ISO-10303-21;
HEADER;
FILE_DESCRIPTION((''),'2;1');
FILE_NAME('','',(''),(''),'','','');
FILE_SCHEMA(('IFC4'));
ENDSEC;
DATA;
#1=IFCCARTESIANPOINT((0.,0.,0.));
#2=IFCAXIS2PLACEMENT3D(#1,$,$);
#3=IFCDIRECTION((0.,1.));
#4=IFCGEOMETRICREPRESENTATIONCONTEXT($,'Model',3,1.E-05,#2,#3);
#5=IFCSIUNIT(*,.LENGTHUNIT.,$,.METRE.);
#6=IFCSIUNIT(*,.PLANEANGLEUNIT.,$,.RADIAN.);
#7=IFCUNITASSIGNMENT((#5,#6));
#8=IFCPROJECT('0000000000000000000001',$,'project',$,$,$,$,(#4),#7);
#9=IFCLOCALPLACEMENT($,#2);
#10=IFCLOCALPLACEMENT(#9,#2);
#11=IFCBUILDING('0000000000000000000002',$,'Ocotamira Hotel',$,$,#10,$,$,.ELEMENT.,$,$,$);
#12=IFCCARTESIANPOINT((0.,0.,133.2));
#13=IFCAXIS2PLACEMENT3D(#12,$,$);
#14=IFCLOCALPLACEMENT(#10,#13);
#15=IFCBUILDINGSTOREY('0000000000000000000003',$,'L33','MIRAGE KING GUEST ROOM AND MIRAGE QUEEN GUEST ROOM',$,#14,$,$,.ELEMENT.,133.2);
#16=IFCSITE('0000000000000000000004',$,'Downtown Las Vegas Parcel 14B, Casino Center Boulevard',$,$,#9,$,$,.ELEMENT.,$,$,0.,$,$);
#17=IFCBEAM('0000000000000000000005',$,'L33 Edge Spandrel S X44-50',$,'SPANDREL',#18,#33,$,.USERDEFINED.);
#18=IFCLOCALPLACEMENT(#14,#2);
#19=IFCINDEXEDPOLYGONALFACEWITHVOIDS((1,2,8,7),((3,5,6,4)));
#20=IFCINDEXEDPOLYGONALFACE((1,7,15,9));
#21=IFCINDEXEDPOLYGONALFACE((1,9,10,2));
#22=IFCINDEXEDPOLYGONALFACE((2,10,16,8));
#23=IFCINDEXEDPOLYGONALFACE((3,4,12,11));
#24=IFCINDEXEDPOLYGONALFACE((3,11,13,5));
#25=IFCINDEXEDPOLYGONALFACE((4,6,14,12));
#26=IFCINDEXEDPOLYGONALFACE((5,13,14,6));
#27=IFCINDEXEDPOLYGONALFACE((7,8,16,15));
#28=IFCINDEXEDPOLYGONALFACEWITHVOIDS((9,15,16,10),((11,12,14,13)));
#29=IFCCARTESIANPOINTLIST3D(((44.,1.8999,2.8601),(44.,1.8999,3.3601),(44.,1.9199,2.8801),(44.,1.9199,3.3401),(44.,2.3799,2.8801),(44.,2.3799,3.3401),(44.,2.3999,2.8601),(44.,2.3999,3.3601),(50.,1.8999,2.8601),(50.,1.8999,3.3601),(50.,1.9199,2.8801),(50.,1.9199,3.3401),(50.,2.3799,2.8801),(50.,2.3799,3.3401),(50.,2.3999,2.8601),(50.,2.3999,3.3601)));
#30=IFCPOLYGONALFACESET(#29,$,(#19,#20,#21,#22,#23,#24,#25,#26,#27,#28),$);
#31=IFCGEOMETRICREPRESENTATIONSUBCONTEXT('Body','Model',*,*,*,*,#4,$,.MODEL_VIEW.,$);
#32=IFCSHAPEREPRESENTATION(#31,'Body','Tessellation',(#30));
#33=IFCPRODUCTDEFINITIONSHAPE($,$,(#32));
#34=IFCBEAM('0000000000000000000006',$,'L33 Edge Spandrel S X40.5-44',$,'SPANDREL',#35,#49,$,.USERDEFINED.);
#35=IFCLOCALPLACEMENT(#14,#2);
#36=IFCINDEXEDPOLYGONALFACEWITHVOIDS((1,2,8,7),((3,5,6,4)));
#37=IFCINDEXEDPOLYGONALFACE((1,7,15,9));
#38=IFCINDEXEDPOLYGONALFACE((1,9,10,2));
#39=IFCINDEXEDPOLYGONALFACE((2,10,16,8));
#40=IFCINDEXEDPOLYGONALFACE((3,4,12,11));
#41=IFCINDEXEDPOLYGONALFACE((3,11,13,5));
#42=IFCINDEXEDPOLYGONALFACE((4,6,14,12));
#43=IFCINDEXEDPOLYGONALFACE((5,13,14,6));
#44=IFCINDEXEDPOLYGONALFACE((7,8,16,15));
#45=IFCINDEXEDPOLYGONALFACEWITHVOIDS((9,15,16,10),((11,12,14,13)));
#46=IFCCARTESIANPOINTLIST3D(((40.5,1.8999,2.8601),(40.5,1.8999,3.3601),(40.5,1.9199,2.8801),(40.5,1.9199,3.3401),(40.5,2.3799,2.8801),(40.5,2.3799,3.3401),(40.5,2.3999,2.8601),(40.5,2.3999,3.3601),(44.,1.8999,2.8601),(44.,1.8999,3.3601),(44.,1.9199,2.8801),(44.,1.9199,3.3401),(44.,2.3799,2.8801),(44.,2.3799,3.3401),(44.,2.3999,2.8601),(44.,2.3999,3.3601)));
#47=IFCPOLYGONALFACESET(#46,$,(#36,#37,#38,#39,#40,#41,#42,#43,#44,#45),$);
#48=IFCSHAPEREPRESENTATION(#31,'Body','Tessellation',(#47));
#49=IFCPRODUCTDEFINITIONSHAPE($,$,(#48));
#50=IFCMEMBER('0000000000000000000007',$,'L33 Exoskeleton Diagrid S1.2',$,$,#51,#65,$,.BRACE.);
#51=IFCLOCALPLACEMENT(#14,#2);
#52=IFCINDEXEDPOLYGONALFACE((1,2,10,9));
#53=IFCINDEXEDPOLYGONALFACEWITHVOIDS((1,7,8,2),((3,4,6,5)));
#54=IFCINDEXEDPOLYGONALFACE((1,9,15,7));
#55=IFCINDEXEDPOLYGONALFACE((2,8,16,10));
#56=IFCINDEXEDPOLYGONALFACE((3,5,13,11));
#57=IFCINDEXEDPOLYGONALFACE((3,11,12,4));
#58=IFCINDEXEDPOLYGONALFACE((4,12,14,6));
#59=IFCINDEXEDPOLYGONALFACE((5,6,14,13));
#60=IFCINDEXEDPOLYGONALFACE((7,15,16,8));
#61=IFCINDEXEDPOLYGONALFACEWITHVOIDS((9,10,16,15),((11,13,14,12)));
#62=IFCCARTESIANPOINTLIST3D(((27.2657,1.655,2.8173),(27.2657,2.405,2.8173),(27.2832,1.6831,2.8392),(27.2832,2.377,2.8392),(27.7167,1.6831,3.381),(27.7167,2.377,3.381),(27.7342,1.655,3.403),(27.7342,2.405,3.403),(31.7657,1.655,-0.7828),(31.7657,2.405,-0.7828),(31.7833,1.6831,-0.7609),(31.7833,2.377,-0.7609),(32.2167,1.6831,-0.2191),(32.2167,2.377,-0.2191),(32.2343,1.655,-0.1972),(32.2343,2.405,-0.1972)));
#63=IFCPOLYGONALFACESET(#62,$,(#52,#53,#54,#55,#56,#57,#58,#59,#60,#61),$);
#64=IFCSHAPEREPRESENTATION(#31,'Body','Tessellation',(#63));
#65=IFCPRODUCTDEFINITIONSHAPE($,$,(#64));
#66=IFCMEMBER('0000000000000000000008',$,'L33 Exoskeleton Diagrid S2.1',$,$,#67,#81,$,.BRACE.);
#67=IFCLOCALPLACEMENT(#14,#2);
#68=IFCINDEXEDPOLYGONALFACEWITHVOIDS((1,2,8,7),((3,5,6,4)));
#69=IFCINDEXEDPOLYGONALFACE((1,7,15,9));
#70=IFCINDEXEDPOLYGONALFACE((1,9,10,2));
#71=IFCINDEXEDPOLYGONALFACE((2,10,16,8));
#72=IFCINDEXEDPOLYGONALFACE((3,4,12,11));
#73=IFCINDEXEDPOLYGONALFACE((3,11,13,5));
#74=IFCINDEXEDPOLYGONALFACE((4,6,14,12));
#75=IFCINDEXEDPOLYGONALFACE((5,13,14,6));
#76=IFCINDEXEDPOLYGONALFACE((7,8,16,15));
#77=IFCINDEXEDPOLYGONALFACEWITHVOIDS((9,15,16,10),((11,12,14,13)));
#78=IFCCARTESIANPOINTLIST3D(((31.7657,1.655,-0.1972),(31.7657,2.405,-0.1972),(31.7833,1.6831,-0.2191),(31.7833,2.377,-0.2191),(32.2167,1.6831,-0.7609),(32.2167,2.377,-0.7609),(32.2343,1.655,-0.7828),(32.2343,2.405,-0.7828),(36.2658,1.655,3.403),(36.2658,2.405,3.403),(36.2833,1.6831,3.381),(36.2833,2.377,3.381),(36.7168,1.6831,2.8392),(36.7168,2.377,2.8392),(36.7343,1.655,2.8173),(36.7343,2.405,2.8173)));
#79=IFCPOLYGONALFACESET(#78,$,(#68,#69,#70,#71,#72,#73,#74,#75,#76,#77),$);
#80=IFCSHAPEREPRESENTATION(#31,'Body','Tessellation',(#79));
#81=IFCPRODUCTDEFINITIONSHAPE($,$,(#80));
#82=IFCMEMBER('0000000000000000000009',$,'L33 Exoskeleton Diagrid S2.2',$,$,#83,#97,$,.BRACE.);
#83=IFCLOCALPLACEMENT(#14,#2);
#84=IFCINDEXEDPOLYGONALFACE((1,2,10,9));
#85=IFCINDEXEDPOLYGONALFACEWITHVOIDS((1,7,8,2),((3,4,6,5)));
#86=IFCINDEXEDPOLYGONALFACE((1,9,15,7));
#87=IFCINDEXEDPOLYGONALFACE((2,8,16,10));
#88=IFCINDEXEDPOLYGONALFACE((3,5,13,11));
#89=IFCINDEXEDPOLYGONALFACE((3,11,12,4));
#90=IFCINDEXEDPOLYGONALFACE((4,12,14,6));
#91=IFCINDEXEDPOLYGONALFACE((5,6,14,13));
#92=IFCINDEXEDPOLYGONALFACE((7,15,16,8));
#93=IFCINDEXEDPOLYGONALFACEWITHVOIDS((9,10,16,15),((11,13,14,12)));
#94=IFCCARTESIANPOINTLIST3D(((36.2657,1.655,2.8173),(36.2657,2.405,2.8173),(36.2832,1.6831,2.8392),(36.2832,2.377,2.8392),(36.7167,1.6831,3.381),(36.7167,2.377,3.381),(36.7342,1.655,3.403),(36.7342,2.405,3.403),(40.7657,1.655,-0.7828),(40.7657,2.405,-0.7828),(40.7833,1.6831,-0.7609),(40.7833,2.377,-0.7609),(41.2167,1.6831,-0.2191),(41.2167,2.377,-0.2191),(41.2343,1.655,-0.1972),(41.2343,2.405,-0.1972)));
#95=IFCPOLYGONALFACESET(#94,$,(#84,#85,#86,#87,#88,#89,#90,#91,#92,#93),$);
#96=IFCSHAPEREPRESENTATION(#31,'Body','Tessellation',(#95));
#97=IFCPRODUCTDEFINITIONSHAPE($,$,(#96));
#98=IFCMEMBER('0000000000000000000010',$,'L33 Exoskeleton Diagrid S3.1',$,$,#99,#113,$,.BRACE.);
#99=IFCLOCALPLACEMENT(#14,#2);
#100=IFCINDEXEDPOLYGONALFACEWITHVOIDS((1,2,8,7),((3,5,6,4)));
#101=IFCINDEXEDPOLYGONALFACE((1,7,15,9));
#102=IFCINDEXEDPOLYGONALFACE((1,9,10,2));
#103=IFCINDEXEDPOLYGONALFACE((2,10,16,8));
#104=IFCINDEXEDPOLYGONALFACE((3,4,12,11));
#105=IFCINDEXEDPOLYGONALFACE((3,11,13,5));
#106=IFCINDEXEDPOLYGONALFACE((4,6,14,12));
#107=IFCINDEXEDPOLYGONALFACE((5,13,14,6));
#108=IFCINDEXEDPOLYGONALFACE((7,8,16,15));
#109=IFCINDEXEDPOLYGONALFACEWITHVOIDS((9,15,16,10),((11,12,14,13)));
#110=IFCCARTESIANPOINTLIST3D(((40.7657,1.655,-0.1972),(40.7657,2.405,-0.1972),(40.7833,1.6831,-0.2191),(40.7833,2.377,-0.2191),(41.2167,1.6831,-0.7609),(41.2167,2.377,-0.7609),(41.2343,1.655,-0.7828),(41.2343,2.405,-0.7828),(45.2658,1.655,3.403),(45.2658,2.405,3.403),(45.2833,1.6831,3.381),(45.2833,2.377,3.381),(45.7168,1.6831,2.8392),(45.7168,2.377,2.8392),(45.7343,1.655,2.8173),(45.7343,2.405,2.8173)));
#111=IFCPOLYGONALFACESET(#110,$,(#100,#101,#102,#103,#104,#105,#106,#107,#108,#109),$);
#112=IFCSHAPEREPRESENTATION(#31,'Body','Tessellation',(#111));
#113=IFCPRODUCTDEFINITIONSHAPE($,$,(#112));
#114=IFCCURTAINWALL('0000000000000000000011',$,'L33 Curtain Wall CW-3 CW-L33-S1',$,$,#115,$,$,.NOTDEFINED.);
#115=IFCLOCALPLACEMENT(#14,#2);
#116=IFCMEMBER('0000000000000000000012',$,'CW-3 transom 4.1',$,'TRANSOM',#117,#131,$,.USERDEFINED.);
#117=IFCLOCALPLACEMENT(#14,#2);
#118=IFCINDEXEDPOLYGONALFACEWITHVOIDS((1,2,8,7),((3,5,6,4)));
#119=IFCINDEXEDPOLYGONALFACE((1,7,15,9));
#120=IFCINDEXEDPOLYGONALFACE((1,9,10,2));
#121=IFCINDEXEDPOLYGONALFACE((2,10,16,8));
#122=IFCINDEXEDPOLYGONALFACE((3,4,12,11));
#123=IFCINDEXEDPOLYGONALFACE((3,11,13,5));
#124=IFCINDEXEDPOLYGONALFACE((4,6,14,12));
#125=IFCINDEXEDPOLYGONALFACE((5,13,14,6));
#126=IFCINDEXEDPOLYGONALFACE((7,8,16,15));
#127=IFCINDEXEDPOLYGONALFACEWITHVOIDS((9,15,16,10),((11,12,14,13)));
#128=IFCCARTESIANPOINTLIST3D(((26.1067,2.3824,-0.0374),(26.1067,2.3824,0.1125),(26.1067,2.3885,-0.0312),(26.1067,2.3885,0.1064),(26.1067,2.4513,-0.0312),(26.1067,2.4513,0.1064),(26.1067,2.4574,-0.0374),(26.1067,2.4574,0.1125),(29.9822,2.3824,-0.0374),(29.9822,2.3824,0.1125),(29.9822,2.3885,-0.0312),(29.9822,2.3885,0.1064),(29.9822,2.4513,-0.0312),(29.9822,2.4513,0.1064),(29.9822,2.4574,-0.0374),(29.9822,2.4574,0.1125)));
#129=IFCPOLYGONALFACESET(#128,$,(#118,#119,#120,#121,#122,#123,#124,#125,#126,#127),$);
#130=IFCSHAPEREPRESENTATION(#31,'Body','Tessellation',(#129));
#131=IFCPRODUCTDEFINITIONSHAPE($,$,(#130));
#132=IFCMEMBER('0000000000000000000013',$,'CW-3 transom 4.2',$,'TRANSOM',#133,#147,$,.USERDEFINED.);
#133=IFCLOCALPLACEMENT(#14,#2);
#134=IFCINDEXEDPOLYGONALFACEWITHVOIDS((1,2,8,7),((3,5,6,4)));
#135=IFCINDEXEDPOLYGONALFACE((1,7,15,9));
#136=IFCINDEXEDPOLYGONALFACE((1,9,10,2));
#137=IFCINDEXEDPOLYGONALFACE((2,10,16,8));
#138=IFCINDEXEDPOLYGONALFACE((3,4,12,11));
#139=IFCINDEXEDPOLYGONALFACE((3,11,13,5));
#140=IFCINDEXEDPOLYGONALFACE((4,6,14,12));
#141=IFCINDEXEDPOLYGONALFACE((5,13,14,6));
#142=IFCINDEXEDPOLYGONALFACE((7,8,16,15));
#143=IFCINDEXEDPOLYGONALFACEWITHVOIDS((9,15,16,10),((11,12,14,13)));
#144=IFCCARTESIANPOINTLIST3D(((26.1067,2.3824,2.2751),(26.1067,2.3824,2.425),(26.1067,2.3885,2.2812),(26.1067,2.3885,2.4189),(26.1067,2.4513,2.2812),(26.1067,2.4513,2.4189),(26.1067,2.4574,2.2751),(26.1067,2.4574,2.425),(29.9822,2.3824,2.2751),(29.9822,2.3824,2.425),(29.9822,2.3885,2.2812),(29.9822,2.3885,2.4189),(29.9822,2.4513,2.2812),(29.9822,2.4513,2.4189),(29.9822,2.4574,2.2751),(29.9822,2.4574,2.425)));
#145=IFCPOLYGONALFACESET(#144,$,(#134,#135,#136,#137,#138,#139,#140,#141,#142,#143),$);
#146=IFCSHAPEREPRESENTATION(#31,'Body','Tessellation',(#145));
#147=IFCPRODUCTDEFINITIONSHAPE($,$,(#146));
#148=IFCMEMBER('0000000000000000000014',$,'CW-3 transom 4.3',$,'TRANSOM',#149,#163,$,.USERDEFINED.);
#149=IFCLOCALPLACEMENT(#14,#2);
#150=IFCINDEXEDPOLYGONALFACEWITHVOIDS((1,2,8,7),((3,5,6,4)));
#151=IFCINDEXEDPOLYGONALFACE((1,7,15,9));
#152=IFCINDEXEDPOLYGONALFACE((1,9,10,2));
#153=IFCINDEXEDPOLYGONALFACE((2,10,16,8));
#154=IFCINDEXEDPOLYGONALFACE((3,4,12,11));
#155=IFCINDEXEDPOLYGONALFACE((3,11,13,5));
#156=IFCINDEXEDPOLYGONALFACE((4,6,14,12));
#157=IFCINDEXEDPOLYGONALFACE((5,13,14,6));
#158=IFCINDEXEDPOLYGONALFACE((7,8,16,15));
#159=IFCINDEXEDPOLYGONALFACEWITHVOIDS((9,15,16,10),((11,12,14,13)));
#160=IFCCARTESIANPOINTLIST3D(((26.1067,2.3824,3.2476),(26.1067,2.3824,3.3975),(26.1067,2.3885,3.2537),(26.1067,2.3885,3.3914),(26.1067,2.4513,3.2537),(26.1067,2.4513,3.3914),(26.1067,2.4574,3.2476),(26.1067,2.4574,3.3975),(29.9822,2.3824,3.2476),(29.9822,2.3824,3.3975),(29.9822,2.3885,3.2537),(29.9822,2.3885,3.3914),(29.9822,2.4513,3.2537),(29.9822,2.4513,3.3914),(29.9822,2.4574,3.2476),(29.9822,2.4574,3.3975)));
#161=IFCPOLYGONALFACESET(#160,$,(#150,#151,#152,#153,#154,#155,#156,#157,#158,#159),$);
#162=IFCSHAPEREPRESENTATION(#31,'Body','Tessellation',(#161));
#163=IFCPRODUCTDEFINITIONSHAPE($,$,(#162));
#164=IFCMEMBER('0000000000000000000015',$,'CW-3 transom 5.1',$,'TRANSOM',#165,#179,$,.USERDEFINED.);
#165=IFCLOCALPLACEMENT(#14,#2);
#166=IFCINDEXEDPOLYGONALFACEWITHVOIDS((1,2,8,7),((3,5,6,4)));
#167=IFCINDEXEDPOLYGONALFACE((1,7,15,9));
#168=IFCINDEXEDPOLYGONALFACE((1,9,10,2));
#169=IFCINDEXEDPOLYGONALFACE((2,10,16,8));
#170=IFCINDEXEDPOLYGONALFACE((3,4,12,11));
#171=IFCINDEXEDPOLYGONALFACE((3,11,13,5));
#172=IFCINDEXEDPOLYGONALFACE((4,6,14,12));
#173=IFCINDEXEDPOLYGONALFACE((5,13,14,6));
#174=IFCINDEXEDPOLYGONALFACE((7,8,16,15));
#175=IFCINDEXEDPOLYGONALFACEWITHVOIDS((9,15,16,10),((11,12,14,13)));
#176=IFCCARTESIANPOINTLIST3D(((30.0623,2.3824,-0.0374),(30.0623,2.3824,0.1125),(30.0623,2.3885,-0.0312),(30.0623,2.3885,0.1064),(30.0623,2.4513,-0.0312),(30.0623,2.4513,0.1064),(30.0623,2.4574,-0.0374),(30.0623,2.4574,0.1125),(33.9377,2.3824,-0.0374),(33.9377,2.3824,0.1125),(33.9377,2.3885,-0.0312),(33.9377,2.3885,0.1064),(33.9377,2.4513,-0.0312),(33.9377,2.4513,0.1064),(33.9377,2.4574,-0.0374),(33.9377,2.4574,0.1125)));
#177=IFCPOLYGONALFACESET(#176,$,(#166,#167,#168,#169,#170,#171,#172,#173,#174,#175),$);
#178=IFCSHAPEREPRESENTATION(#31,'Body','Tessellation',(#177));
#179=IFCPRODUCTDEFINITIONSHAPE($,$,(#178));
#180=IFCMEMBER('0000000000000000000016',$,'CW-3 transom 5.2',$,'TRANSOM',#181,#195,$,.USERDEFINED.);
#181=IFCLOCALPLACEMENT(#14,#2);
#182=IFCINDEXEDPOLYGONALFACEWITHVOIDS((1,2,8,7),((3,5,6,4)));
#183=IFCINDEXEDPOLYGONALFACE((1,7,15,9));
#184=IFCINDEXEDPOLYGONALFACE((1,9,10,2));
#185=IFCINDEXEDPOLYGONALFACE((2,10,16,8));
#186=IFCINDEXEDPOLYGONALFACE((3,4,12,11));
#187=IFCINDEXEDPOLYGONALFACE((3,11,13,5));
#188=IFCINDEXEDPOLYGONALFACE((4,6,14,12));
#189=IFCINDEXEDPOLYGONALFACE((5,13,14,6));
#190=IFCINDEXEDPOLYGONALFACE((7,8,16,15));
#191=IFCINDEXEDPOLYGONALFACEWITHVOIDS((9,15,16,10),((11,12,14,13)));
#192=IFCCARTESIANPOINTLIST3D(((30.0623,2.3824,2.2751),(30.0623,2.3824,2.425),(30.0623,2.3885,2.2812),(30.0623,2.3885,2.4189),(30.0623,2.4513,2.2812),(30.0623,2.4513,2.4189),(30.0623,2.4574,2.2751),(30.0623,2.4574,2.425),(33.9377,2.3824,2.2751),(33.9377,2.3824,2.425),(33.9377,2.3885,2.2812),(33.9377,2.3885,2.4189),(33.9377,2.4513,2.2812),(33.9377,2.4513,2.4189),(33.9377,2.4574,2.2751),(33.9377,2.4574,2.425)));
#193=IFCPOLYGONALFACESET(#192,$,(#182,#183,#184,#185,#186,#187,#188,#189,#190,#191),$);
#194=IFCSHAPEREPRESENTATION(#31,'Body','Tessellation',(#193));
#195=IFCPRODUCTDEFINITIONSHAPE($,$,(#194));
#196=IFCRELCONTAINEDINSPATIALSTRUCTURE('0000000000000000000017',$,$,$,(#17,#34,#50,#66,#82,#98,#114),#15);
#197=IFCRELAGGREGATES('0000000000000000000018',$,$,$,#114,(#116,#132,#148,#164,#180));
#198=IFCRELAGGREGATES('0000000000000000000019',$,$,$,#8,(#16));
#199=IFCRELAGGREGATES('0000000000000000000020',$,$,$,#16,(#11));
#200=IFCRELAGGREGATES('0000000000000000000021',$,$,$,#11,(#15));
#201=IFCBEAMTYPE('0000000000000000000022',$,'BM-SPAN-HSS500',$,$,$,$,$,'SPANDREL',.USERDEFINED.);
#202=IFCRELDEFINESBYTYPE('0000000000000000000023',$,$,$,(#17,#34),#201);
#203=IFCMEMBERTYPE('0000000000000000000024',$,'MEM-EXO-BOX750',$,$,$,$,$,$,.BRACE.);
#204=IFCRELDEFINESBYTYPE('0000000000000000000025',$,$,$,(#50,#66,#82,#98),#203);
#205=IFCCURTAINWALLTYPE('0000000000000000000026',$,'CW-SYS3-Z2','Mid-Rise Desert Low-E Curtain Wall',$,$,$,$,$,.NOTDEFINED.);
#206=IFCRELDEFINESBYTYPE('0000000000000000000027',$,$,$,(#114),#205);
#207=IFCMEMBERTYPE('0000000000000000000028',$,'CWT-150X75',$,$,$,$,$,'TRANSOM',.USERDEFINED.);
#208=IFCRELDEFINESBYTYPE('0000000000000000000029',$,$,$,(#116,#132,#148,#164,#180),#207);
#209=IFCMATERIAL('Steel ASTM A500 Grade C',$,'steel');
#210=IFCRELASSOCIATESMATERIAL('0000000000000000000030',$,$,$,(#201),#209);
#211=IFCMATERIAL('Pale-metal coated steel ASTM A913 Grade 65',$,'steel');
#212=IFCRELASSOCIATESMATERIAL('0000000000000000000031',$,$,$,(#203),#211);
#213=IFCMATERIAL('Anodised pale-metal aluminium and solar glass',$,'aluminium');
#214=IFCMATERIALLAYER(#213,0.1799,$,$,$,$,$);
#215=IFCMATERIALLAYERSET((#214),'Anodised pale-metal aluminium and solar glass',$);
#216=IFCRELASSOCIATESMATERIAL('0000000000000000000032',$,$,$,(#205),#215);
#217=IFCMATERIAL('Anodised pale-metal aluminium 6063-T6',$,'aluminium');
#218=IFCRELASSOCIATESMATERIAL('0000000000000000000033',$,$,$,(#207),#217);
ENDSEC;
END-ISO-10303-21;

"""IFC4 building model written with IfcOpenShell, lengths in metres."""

from ifc_helpers import new_model, si_unit, direction, frame, origin, origin_2d, place, context, subcontext, project, spatial, hollow_rectangle, extrude, source, transform, mapped, material, layer, layer_set, material_profile, profile_set, type_object, element, aggregate, save


model = new_model("IFC4")

# Units and contexts
model_context = context("Model", 3, precision=1e-05, world=origin(), true_north=direction((0.0, 1.0)))
body_context = subcontext(model_context, "Body", "Model", "MODEL_VIEW")
ifc_project = project(units=[si_unit("LENGTHUNIT", "METRE"), si_unit("PLANEANGLEUNIT", "RADIAN")], contexts=[model_context])

# Site, building, storey
site_placement = place(None, origin())
site = spatial("IfcSite", under=ifc_project, at=site_placement, Name="Downtown Las Vegas Parcel 14B, Casino Center Boulevard", CompositionType="ELEMENT", RefElevation=0.0)
building_placement = place(site_placement, origin())
building = spatial("IfcBuilding", under=site, at=building_placement, Name="Ocotamira Hotel", CompositionType="ELEMENT")
storey_placement = place(building_placement, frame((0.0, 0.0, 133.2)))
storey = spatial("IfcBuildingStorey", under=building, at=storey_placement, Name="L33", Description="MIRAGE KING GUEST ROOM AND MIRAGE QUEEN GUEST ROOM", CompositionType="ELEMENT", Elevation=133.2)

# Beams
ifc_material_1 = material(Name="Steel ASTM A500 Grade C", Category="steel")
ifc_material_profile_1 = material_profile(ifc_material_1, hollow_rectangle(XDim=0.5, YDim=0.5, WallThickness=0.02, at=origin_2d()), Name="HSS500X500X20")
ifc_profile_set_1 = profile_set([ifc_material_profile_1], Name="Steel ASTM A500 Grade C")
beam_type = type_object("IfcBeamType", Name="BM-SPAN-HSS500", ElementType="SPANDREL", PredefinedType="USERDEFINED", material=ifc_profile_set_1)
shared_shape_1 = source(origin(), body_context, "Body", "SweptSolid", [
    extrude(hollow_rectangle(XDim=0.5, YDim=0.5, WallThickness=0.02, at=origin_2d()), origin(), (0.0, 0.0, 1.0), 6.0),
])
beam_1_placement = place(storey_placement, frame((44.0, 2.1499, 3.1101), z_axis=(1.0, 0.0, 0.0), x_axis=(0.0, 1.0, 0.0)))
element("IfcBeam", 1, at=beam_1_placement, inside=storey, type_object=beam_type, Name="L33 Edge Spandrel S X44-50", ObjectType="SPANDREL", PredefinedType="USERDEFINED", context=body_context, shape_type="MappedRepresentation", body=[
    mapped(shared_shape_1, transform((0.0, 0.0, 0.0), scale=1.0)),
])
shared_shape_2 = source(origin(), body_context, "Body", "SweptSolid", [
    extrude(hollow_rectangle(XDim=0.5, YDim=0.5, WallThickness=0.02, at=origin_2d()), origin(), (0.0, 0.0, 1.0), 3.5),
])
beam_2_placement = place(storey_placement, frame((40.5, 2.1499, 3.1101), z_axis=(1.0, 0.0, 0.0), x_axis=(0.0, 1.0, 0.0)))
element("IfcBeam", 2, at=beam_2_placement, inside=storey, type_object=beam_type, Name="L33 Edge Spandrel S X40.5-44", ObjectType="SPANDREL", PredefinedType="USERDEFINED", context=body_context, shape_type="MappedRepresentation", body=[
    mapped(shared_shape_2, transform((0.0, 0.0, 0.0), scale=1.0)),
])

# Members
ifc_material_2 = material(Name="Pale-metal coated steel ASTM A913 Grade 65", Category="steel")
ifc_material_profile_2 = material_profile(ifc_material_2, hollow_rectangle(XDim=0.75, YDim=0.75, WallThickness=0.0281, at=origin_2d()), Name="BOX750X750X28")
ifc_profile_set_2 = profile_set([ifc_material_profile_2], Name="Pale-metal coated steel ASTM A913 Grade 65")
member_type_1 = type_object("IfcMemberType", Name="MEM-EXO-BOX750", PredefinedType="BRACE", material=ifc_profile_set_2)
shared_shape_3 = source(origin(), body_context, "Body", "SweptSolid", [
    extrude(hollow_rectangle(XDim=0.75, YDim=0.75, WallThickness=0.0281, at=origin_2d()), origin(), (0.0, 0.0, 1.0), 5.7629),
])
for number, where, z_axis, x_axis, name in (
    (3, (32.0, 2.03, -0.49), (-0.780861, 0.0, 0.624705), (0.0, -1.0, 0.0), "L33 Exoskeleton Diagrid S1.2"),
    (4, (32.0, 2.03, -0.49), (0.780861, 0.0, 0.624705), (0.0, 1.0, 0.0), "L33 Exoskeleton Diagrid S2.1"),
    (5, (41.0, 2.03, -0.49), (-0.780861, 0.0, 0.624705), (0.0, -1.0, 0.0), "L33 Exoskeleton Diagrid S2.2"),
    (6, (41.0, 2.03, -0.49), (0.780861, 0.0, 0.624705), (0.0, 1.0, 0.0), "L33 Exoskeleton Diagrid S3.1"),
):
    element("IfcMember", number, at=place(storey_placement, frame(where, z_axis=z_axis, x_axis=x_axis)), inside=storey, type_object=member_type_1, Name=name, PredefinedType="BRACE", context=body_context, shape_type="MappedRepresentation", body=[
        mapped(shared_shape_3, transform((0.0, 0.0, 0.0), scale=1.0)),
    ])

# Curtain wall, members
ifc_material_3 = material(Name="Anodised pale-metal aluminium and solar glass", Category="aluminium")
ifc_layer_1 = layer(ifc_material_3, 0.1799)
ifc_layer_set_1 = layer_set([ifc_layer_1], Name="Anodised pale-metal aluminium and solar glass")
curtain_wall_type = type_object("IfcCurtainWallType", Name="CW-SYS3-Z2", Description="Mid-Rise Desert Low-E Curtain Wall", PredefinedType="NOTDEFINED", material=ifc_layer_set_1)
curtain_wall_placement = place(storey_placement, origin())
curtain_wall = element("IfcCurtainWall", 7, at=curtain_wall_placement, inside=storey, type_object=curtain_wall_type, Name="L33 Curtain Wall CW-3 CW-L33-S1", PredefinedType="NOTDEFINED")
ifc_material_4 = material(Name="Anodised pale-metal aluminium 6063-T6", Category="aluminium")
ifc_material_profile_3 = material_profile(ifc_material_4, hollow_rectangle(XDim=0.075, YDim=0.1499, WallThickness=0.0061, at=origin_2d()), Name="HSS150X75X6")
ifc_profile_set_3 = profile_set([ifc_material_profile_3], Name="Anodised pale-metal aluminium 6063-T6")
member_type_2 = type_object("IfcMemberType", Name="CWT-150X75", ElementType="TRANSOM", PredefinedType="USERDEFINED", material=ifc_profile_set_3)
shared_shape_4 = source(origin(), body_context, "Body", "SweptSolid", [
    extrude(hollow_rectangle(XDim=0.075, YDim=0.1499, WallThickness=0.0061, at=origin_2d()), origin(), (0.0, 0.0, 1.0), 3.8755),
])
member_1_placement = place(storey_placement, frame((26.1067, 2.4199, 0.0376), z_axis=(1.0, 0.0, 0.0), x_axis=(0.0, 1.0, 0.0)))
member_1 = element("IfcMember", 8, at=member_1_placement, type_object=member_type_2, Name="CW-3 transom 4.1", ObjectType="TRANSOM", PredefinedType="USERDEFINED", context=body_context, shape_type="MappedRepresentation", body=[
    mapped(shared_shape_4, transform((0.0, 0.0, 0.0), scale=1.0)),
])
member_2_placement = place(storey_placement, frame((26.1067, 2.4199, 2.3501), z_axis=(1.0, 0.0, 0.0), x_axis=(0.0, 1.0, 0.0)))
member_2 = element("IfcMember", 9, at=member_2_placement, type_object=member_type_2, Name="CW-3 transom 4.2", ObjectType="TRANSOM", PredefinedType="USERDEFINED", context=body_context, shape_type="MappedRepresentation", body=[
    mapped(shared_shape_4, transform((0.0, 0.0, 0.0), scale=1.0)),
])
member_3_placement = place(storey_placement, frame((26.1067, 2.4199, 3.3225), z_axis=(1.0, 0.0, 0.0), x_axis=(0.0, 1.0, 0.0)))
member_3 = element("IfcMember", 10, at=member_3_placement, type_object=member_type_2, Name="CW-3 transom 4.3", ObjectType="TRANSOM", PredefinedType="USERDEFINED", context=body_context, shape_type="MappedRepresentation", body=[
    mapped(shared_shape_4, transform((0.0, 0.0, 0.0), scale=1.0)),
])
member_4_placement = place(storey_placement, frame((30.0623, 2.4199, 0.0376), z_axis=(1.0, 0.0, 0.0), x_axis=(0.0, 1.0, 0.0)))
member_4 = element("IfcMember", 11, at=member_4_placement, type_object=member_type_2, Name="CW-3 transom 5.1", ObjectType="TRANSOM", PredefinedType="USERDEFINED", context=body_context, shape_type="MappedRepresentation", body=[
    mapped(shared_shape_4, transform((0.0, 0.0, 0.0), scale=1.0)),
])
member_5_placement = place(storey_placement, frame((30.0623, 2.4199, 2.3501), z_axis=(1.0, 0.0, 0.0), x_axis=(0.0, 1.0, 0.0)))
member_5 = element("IfcMember", 12, at=member_5_placement, type_object=member_type_2, Name="CW-3 transom 5.2", ObjectType="TRANSOM", PredefinedType="USERDEFINED", context=body_context, shape_type="MappedRepresentation", body=[
    mapped(shared_shape_4, transform((0.0, 0.0, 0.0), scale=1.0)),
])

aggregate(curtain_wall, [member_1, member_2, member_3, member_4, member_5])

save(model, "model.ifc")
